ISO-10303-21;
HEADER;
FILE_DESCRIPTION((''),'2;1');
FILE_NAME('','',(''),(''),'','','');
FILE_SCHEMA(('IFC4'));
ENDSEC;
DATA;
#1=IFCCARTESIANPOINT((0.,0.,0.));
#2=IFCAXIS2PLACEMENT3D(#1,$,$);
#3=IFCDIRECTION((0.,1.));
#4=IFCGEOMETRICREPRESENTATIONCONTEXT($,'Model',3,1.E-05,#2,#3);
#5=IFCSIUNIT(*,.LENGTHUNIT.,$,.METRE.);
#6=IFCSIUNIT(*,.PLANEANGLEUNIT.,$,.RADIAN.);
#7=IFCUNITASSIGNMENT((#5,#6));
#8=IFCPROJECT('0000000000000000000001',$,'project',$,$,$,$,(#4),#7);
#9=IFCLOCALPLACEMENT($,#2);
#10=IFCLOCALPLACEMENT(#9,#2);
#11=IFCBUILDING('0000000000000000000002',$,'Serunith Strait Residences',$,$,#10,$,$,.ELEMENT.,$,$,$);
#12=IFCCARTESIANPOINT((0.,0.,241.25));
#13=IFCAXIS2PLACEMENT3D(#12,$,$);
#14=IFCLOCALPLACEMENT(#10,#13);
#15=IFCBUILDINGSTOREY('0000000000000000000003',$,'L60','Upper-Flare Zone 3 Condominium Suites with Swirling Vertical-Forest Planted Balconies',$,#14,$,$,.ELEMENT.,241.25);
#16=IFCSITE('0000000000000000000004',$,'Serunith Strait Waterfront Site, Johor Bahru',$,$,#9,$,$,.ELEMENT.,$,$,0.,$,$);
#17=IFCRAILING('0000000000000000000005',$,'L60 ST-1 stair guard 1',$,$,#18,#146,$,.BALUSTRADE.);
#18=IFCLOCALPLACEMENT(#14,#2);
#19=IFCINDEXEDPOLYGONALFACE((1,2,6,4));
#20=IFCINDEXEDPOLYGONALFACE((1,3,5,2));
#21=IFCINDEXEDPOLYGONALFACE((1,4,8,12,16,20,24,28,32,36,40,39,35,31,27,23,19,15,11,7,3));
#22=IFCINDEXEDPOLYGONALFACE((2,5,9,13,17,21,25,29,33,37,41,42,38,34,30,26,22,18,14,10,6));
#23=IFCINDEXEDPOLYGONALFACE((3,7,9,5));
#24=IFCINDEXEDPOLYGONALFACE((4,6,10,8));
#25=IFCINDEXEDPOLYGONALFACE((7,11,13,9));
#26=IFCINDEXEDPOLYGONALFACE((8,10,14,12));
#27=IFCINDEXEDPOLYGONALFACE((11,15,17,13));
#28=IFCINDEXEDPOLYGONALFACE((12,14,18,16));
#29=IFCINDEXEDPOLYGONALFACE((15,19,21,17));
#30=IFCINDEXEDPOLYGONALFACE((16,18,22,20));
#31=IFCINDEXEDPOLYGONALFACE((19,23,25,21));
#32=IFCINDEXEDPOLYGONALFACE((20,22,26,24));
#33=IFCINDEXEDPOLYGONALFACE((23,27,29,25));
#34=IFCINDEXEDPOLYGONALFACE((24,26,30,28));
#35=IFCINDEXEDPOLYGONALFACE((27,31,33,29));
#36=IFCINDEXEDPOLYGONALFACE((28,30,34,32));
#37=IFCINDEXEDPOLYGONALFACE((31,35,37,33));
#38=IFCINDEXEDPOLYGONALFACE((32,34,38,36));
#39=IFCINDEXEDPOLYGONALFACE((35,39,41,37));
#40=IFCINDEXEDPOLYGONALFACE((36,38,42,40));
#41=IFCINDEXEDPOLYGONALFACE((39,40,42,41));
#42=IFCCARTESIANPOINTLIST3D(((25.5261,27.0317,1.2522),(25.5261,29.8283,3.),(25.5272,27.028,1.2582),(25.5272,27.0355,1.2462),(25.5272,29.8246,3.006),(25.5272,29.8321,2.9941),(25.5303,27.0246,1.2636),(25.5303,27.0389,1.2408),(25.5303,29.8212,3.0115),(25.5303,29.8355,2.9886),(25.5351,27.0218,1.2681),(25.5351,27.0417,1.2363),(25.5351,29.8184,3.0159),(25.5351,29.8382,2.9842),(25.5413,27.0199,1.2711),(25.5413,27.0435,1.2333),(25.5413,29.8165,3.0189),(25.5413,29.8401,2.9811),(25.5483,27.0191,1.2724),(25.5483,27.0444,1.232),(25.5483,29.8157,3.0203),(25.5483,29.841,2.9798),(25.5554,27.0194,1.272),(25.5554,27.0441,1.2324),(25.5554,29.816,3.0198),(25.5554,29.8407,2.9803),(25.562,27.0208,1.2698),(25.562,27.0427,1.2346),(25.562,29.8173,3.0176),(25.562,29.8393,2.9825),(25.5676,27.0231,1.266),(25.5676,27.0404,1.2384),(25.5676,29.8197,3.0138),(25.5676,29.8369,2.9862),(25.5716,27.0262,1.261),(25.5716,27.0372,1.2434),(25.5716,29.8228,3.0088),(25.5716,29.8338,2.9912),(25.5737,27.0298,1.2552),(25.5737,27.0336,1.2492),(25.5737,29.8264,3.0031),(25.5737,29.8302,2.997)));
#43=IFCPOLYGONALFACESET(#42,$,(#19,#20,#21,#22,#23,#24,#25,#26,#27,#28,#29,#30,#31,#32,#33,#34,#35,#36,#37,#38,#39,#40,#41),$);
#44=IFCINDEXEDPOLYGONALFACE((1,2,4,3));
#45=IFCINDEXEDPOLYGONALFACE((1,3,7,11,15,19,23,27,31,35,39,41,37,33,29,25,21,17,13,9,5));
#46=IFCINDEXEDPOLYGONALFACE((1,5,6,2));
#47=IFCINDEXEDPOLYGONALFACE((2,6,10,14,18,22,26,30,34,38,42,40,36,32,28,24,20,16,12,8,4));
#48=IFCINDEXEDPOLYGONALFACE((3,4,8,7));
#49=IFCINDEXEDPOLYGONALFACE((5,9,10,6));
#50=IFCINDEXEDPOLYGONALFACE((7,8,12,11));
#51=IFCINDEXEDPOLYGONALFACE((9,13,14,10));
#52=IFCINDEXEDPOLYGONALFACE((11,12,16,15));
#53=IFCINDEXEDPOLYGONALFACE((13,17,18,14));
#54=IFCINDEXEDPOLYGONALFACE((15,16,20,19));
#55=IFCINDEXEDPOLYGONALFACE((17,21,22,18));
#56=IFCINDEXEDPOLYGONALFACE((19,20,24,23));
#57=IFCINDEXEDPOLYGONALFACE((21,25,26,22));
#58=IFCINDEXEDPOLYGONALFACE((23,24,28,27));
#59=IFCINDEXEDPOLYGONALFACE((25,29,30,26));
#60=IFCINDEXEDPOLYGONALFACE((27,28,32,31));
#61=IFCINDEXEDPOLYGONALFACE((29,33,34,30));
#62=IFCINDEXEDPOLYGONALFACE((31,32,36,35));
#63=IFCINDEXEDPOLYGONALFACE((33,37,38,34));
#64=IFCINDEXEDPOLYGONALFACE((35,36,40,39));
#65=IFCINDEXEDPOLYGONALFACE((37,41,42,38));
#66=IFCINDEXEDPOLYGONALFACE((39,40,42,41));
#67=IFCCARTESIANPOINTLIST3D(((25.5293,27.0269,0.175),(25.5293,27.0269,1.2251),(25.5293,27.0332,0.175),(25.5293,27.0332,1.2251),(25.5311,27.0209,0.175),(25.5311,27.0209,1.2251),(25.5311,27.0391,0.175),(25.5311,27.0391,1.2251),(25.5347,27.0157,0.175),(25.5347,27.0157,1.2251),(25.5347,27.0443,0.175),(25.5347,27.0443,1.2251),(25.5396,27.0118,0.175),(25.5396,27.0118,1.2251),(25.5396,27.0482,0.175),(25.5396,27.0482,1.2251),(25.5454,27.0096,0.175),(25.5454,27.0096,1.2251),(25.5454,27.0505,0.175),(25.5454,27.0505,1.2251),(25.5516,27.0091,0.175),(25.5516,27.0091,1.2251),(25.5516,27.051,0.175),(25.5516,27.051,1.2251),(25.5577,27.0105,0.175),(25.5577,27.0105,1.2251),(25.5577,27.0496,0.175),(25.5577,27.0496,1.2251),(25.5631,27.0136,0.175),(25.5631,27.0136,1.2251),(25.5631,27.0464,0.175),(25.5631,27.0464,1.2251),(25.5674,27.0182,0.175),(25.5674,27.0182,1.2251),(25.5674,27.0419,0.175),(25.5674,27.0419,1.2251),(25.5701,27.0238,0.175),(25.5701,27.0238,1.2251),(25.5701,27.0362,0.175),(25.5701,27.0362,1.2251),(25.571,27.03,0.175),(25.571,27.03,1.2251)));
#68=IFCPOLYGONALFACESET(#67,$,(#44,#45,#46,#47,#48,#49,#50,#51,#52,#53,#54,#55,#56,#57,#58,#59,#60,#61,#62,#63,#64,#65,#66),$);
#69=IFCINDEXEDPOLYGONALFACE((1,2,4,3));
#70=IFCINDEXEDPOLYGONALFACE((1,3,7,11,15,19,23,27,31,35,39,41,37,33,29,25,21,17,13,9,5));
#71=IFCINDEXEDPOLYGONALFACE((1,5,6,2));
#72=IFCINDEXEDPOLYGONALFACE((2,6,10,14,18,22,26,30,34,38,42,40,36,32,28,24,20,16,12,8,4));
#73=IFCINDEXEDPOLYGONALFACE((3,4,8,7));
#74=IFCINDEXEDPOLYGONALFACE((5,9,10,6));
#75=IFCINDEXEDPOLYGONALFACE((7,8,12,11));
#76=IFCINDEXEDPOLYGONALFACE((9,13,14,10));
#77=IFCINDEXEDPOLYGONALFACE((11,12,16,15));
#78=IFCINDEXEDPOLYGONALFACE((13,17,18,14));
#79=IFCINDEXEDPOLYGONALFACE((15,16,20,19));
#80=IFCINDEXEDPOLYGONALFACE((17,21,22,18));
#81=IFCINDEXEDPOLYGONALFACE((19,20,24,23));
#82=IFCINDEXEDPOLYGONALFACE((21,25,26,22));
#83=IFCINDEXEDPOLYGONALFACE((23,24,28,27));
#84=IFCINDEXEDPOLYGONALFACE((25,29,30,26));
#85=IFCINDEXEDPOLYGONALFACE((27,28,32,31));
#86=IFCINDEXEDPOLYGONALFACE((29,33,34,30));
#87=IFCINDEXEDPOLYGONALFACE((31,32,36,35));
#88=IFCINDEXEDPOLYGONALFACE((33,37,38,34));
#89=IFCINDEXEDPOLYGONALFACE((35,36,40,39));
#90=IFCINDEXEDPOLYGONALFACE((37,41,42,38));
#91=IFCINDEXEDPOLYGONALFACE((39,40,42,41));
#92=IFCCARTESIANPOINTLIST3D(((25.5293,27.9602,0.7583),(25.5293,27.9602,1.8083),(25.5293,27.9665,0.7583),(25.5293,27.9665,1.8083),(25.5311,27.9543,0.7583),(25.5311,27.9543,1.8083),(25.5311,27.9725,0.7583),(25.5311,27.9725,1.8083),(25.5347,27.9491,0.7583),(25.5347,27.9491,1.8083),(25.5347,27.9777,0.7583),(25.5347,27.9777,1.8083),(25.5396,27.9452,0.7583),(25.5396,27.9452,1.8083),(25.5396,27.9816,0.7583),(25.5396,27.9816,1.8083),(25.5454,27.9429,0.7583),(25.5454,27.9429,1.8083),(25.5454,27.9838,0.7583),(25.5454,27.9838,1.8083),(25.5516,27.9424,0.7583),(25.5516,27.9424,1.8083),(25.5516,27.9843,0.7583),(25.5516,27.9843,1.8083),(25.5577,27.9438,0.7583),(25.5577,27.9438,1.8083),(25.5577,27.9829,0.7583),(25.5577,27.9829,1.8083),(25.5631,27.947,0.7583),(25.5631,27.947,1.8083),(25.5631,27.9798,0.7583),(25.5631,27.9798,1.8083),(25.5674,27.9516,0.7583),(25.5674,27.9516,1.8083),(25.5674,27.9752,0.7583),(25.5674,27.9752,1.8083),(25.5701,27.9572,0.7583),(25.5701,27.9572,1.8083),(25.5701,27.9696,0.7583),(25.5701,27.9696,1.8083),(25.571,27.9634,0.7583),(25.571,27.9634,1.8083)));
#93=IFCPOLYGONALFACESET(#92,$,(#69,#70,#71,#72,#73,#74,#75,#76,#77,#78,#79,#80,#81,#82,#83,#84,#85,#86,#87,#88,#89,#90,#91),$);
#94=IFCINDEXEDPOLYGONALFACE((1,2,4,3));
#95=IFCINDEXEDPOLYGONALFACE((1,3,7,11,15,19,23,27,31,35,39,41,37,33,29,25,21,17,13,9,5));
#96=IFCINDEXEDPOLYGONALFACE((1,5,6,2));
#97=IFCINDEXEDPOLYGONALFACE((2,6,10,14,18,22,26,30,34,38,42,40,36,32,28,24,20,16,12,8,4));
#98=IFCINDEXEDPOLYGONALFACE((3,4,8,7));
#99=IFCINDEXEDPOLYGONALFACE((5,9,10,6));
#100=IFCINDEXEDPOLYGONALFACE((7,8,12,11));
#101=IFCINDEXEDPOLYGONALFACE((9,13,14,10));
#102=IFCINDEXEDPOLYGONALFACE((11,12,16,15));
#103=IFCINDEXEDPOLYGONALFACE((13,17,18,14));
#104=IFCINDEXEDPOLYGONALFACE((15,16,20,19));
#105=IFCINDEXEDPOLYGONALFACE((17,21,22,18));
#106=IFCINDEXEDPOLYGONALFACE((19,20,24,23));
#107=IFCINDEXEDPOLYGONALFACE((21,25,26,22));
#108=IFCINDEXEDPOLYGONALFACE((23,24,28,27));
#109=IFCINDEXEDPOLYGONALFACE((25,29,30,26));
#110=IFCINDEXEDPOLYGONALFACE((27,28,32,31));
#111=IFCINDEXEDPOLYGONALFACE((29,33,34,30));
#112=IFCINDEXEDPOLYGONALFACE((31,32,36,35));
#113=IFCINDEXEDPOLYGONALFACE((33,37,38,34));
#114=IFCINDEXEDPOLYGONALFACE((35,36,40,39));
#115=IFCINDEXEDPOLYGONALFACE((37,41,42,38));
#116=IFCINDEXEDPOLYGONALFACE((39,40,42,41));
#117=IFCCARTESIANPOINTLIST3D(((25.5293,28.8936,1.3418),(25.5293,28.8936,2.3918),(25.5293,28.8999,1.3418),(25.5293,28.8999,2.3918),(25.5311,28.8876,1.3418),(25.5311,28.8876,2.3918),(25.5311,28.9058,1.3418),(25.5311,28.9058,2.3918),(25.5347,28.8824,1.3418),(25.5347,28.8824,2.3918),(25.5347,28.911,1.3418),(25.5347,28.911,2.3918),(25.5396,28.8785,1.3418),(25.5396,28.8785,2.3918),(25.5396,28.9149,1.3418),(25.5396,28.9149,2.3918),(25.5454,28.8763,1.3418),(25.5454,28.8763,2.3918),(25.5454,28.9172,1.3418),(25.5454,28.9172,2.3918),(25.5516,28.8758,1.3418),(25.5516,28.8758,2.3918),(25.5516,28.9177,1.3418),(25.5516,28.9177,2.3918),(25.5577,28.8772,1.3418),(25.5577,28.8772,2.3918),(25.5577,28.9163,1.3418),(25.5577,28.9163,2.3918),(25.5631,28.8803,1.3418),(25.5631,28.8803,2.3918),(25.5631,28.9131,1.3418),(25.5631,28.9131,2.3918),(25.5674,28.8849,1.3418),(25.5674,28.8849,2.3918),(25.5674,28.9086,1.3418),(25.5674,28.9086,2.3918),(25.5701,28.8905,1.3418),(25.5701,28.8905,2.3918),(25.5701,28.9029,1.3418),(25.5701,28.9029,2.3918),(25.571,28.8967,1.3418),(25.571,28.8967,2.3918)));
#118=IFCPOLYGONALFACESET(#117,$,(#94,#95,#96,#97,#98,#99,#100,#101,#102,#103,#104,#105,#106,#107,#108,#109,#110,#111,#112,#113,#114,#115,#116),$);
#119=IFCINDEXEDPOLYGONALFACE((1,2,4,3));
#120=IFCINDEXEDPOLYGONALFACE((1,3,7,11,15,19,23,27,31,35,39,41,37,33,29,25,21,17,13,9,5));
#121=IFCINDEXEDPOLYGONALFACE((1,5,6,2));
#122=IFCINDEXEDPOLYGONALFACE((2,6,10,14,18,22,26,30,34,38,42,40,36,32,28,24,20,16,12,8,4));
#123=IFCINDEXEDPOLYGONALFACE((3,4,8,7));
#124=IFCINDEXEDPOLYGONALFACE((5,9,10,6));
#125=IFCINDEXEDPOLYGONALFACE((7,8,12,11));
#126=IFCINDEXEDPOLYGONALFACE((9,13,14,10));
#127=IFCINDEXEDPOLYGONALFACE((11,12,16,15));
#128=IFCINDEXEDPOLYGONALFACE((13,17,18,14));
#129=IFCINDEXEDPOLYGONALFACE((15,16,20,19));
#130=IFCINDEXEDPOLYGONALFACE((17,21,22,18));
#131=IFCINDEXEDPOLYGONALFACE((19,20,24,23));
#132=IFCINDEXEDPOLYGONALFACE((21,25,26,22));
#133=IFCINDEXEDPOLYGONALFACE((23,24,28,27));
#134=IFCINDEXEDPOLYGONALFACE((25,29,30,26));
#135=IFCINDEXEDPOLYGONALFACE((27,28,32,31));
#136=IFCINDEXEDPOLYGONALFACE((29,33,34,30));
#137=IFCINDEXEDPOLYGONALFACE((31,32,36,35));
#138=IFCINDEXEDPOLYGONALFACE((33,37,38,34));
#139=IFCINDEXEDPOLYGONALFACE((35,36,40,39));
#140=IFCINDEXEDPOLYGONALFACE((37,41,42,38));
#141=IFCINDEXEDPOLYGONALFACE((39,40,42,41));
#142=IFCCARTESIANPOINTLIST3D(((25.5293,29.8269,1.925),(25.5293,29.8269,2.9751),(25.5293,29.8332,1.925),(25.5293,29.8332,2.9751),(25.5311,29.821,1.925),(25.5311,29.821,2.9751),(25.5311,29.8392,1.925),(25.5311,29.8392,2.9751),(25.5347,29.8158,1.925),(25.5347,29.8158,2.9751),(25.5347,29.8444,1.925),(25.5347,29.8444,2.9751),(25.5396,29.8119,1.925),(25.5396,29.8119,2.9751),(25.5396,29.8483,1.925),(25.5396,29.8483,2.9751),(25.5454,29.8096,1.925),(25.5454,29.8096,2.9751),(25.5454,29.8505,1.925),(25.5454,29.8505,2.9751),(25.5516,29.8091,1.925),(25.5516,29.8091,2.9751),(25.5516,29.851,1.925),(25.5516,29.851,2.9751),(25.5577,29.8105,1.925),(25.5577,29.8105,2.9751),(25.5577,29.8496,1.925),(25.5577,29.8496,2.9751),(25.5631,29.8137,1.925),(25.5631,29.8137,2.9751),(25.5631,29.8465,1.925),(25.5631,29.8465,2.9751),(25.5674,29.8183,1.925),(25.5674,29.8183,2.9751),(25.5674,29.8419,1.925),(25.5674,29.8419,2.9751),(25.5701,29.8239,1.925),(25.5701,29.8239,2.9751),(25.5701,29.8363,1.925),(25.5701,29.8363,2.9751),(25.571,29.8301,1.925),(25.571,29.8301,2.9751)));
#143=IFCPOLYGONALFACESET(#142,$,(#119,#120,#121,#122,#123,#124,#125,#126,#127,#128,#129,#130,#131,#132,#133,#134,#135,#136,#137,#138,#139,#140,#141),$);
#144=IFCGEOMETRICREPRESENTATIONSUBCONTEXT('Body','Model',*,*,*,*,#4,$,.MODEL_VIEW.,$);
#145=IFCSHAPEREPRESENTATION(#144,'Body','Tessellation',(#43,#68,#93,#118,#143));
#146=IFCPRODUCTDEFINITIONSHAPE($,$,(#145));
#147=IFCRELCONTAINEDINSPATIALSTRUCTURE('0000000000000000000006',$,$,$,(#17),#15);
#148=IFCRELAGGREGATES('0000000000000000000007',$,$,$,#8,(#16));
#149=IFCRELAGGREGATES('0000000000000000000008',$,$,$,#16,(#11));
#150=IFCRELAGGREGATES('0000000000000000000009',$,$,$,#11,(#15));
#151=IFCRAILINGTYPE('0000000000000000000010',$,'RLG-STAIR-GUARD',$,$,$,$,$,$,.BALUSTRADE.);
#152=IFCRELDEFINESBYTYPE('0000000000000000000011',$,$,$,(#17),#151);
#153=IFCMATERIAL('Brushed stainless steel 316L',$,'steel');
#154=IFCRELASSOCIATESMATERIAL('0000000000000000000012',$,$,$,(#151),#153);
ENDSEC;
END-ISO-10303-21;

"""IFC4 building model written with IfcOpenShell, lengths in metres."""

from ifc_helpers import new_model, si_unit, direction, frame, origin, origin_2d, place, context, subcontext, project, spatial, circle, extrude, material, type_object, element, save


model = new_model("IFC4")

# Units and contexts
model_context = context("Model", 3, precision=1e-05, world=origin(), true_north=direction((0.0, 1.0)))
body_context = subcontext(model_context, "Body", "Model", "MODEL_VIEW")
ifc_project = project(units=[si_unit("LENGTHUNIT", "METRE"), si_unit("PLANEANGLEUNIT", "RADIAN")], contexts=[model_context])

# Site, building, storey
site_placement = place(None, origin())
site = spatial("IfcSite", under=ifc_project, at=site_placement, Name="Serunith Strait Waterfront Site, Johor Bahru", CompositionType="ELEMENT", RefElevation=0.0)
building_placement = place(site_placement, origin())
building = spatial("IfcBuilding", under=site, at=building_placement, Name="Serunith Strait Residences", CompositionType="ELEMENT")
storey_placement = place(building_placement, frame((0.0, 0.0, 241.25)))
storey = spatial("IfcBuildingStorey", under=building, at=storey_placement, Name="L60", Description="Upper-Flare Zone 3 Condominium Suites with Swirling Vertical-Forest Planted Balconies", CompositionType="ELEMENT", Elevation=241.25)

# Railing
ifc_material_1 = material(Name="Brushed stainless steel 316L", Category="steel")
railing_type_1 = type_object("IfcRailingType", Name="RLG-STAIR-GUARD", PredefinedType="BALUSTRADE", material=ifc_material_1)
railing_1_placement = place(storey_placement, frame((25.55, 27.03, 0.175)))
element("IfcRailing", 1, at=railing_1_placement, inside=storey, type_object=railing_type_1, Name="L60 ST-1 stair guard 1", PredefinedType="BALUSTRADE", context=body_context, shape_type="SweptSolid", body=[
    extrude(circle(Radius=0.0239, at=origin_2d()), frame((0.0, 0.0017, 1.0771), z_axis=(0.0, 0.848002, 0.529992), x_axis=(-1.0, 0.0, 0.0)), (0.0, 0.0, 1.0), 3.2979),
    extrude(circle(Radius=0.021, at=origin_2d()), origin(), (0.0, 0.0, 1.0), 1.05),
    extrude(circle(Radius=0.021, at=origin_2d()), frame((0.0, 0.9333, 0.5833)), (0.0, 0.0, 1.0), 1.05),
    extrude(circle(Radius=0.021, at=origin_2d()), frame((0.0, 1.8667, 1.1667)), (0.0, 0.0, 1.0), 1.05),
    extrude(circle(Radius=0.021, at=origin_2d()), frame((0.0, 2.8, 1.75)), (0.0, 0.0, 1.0), 1.05),
])

save(model, "model.ifc")
